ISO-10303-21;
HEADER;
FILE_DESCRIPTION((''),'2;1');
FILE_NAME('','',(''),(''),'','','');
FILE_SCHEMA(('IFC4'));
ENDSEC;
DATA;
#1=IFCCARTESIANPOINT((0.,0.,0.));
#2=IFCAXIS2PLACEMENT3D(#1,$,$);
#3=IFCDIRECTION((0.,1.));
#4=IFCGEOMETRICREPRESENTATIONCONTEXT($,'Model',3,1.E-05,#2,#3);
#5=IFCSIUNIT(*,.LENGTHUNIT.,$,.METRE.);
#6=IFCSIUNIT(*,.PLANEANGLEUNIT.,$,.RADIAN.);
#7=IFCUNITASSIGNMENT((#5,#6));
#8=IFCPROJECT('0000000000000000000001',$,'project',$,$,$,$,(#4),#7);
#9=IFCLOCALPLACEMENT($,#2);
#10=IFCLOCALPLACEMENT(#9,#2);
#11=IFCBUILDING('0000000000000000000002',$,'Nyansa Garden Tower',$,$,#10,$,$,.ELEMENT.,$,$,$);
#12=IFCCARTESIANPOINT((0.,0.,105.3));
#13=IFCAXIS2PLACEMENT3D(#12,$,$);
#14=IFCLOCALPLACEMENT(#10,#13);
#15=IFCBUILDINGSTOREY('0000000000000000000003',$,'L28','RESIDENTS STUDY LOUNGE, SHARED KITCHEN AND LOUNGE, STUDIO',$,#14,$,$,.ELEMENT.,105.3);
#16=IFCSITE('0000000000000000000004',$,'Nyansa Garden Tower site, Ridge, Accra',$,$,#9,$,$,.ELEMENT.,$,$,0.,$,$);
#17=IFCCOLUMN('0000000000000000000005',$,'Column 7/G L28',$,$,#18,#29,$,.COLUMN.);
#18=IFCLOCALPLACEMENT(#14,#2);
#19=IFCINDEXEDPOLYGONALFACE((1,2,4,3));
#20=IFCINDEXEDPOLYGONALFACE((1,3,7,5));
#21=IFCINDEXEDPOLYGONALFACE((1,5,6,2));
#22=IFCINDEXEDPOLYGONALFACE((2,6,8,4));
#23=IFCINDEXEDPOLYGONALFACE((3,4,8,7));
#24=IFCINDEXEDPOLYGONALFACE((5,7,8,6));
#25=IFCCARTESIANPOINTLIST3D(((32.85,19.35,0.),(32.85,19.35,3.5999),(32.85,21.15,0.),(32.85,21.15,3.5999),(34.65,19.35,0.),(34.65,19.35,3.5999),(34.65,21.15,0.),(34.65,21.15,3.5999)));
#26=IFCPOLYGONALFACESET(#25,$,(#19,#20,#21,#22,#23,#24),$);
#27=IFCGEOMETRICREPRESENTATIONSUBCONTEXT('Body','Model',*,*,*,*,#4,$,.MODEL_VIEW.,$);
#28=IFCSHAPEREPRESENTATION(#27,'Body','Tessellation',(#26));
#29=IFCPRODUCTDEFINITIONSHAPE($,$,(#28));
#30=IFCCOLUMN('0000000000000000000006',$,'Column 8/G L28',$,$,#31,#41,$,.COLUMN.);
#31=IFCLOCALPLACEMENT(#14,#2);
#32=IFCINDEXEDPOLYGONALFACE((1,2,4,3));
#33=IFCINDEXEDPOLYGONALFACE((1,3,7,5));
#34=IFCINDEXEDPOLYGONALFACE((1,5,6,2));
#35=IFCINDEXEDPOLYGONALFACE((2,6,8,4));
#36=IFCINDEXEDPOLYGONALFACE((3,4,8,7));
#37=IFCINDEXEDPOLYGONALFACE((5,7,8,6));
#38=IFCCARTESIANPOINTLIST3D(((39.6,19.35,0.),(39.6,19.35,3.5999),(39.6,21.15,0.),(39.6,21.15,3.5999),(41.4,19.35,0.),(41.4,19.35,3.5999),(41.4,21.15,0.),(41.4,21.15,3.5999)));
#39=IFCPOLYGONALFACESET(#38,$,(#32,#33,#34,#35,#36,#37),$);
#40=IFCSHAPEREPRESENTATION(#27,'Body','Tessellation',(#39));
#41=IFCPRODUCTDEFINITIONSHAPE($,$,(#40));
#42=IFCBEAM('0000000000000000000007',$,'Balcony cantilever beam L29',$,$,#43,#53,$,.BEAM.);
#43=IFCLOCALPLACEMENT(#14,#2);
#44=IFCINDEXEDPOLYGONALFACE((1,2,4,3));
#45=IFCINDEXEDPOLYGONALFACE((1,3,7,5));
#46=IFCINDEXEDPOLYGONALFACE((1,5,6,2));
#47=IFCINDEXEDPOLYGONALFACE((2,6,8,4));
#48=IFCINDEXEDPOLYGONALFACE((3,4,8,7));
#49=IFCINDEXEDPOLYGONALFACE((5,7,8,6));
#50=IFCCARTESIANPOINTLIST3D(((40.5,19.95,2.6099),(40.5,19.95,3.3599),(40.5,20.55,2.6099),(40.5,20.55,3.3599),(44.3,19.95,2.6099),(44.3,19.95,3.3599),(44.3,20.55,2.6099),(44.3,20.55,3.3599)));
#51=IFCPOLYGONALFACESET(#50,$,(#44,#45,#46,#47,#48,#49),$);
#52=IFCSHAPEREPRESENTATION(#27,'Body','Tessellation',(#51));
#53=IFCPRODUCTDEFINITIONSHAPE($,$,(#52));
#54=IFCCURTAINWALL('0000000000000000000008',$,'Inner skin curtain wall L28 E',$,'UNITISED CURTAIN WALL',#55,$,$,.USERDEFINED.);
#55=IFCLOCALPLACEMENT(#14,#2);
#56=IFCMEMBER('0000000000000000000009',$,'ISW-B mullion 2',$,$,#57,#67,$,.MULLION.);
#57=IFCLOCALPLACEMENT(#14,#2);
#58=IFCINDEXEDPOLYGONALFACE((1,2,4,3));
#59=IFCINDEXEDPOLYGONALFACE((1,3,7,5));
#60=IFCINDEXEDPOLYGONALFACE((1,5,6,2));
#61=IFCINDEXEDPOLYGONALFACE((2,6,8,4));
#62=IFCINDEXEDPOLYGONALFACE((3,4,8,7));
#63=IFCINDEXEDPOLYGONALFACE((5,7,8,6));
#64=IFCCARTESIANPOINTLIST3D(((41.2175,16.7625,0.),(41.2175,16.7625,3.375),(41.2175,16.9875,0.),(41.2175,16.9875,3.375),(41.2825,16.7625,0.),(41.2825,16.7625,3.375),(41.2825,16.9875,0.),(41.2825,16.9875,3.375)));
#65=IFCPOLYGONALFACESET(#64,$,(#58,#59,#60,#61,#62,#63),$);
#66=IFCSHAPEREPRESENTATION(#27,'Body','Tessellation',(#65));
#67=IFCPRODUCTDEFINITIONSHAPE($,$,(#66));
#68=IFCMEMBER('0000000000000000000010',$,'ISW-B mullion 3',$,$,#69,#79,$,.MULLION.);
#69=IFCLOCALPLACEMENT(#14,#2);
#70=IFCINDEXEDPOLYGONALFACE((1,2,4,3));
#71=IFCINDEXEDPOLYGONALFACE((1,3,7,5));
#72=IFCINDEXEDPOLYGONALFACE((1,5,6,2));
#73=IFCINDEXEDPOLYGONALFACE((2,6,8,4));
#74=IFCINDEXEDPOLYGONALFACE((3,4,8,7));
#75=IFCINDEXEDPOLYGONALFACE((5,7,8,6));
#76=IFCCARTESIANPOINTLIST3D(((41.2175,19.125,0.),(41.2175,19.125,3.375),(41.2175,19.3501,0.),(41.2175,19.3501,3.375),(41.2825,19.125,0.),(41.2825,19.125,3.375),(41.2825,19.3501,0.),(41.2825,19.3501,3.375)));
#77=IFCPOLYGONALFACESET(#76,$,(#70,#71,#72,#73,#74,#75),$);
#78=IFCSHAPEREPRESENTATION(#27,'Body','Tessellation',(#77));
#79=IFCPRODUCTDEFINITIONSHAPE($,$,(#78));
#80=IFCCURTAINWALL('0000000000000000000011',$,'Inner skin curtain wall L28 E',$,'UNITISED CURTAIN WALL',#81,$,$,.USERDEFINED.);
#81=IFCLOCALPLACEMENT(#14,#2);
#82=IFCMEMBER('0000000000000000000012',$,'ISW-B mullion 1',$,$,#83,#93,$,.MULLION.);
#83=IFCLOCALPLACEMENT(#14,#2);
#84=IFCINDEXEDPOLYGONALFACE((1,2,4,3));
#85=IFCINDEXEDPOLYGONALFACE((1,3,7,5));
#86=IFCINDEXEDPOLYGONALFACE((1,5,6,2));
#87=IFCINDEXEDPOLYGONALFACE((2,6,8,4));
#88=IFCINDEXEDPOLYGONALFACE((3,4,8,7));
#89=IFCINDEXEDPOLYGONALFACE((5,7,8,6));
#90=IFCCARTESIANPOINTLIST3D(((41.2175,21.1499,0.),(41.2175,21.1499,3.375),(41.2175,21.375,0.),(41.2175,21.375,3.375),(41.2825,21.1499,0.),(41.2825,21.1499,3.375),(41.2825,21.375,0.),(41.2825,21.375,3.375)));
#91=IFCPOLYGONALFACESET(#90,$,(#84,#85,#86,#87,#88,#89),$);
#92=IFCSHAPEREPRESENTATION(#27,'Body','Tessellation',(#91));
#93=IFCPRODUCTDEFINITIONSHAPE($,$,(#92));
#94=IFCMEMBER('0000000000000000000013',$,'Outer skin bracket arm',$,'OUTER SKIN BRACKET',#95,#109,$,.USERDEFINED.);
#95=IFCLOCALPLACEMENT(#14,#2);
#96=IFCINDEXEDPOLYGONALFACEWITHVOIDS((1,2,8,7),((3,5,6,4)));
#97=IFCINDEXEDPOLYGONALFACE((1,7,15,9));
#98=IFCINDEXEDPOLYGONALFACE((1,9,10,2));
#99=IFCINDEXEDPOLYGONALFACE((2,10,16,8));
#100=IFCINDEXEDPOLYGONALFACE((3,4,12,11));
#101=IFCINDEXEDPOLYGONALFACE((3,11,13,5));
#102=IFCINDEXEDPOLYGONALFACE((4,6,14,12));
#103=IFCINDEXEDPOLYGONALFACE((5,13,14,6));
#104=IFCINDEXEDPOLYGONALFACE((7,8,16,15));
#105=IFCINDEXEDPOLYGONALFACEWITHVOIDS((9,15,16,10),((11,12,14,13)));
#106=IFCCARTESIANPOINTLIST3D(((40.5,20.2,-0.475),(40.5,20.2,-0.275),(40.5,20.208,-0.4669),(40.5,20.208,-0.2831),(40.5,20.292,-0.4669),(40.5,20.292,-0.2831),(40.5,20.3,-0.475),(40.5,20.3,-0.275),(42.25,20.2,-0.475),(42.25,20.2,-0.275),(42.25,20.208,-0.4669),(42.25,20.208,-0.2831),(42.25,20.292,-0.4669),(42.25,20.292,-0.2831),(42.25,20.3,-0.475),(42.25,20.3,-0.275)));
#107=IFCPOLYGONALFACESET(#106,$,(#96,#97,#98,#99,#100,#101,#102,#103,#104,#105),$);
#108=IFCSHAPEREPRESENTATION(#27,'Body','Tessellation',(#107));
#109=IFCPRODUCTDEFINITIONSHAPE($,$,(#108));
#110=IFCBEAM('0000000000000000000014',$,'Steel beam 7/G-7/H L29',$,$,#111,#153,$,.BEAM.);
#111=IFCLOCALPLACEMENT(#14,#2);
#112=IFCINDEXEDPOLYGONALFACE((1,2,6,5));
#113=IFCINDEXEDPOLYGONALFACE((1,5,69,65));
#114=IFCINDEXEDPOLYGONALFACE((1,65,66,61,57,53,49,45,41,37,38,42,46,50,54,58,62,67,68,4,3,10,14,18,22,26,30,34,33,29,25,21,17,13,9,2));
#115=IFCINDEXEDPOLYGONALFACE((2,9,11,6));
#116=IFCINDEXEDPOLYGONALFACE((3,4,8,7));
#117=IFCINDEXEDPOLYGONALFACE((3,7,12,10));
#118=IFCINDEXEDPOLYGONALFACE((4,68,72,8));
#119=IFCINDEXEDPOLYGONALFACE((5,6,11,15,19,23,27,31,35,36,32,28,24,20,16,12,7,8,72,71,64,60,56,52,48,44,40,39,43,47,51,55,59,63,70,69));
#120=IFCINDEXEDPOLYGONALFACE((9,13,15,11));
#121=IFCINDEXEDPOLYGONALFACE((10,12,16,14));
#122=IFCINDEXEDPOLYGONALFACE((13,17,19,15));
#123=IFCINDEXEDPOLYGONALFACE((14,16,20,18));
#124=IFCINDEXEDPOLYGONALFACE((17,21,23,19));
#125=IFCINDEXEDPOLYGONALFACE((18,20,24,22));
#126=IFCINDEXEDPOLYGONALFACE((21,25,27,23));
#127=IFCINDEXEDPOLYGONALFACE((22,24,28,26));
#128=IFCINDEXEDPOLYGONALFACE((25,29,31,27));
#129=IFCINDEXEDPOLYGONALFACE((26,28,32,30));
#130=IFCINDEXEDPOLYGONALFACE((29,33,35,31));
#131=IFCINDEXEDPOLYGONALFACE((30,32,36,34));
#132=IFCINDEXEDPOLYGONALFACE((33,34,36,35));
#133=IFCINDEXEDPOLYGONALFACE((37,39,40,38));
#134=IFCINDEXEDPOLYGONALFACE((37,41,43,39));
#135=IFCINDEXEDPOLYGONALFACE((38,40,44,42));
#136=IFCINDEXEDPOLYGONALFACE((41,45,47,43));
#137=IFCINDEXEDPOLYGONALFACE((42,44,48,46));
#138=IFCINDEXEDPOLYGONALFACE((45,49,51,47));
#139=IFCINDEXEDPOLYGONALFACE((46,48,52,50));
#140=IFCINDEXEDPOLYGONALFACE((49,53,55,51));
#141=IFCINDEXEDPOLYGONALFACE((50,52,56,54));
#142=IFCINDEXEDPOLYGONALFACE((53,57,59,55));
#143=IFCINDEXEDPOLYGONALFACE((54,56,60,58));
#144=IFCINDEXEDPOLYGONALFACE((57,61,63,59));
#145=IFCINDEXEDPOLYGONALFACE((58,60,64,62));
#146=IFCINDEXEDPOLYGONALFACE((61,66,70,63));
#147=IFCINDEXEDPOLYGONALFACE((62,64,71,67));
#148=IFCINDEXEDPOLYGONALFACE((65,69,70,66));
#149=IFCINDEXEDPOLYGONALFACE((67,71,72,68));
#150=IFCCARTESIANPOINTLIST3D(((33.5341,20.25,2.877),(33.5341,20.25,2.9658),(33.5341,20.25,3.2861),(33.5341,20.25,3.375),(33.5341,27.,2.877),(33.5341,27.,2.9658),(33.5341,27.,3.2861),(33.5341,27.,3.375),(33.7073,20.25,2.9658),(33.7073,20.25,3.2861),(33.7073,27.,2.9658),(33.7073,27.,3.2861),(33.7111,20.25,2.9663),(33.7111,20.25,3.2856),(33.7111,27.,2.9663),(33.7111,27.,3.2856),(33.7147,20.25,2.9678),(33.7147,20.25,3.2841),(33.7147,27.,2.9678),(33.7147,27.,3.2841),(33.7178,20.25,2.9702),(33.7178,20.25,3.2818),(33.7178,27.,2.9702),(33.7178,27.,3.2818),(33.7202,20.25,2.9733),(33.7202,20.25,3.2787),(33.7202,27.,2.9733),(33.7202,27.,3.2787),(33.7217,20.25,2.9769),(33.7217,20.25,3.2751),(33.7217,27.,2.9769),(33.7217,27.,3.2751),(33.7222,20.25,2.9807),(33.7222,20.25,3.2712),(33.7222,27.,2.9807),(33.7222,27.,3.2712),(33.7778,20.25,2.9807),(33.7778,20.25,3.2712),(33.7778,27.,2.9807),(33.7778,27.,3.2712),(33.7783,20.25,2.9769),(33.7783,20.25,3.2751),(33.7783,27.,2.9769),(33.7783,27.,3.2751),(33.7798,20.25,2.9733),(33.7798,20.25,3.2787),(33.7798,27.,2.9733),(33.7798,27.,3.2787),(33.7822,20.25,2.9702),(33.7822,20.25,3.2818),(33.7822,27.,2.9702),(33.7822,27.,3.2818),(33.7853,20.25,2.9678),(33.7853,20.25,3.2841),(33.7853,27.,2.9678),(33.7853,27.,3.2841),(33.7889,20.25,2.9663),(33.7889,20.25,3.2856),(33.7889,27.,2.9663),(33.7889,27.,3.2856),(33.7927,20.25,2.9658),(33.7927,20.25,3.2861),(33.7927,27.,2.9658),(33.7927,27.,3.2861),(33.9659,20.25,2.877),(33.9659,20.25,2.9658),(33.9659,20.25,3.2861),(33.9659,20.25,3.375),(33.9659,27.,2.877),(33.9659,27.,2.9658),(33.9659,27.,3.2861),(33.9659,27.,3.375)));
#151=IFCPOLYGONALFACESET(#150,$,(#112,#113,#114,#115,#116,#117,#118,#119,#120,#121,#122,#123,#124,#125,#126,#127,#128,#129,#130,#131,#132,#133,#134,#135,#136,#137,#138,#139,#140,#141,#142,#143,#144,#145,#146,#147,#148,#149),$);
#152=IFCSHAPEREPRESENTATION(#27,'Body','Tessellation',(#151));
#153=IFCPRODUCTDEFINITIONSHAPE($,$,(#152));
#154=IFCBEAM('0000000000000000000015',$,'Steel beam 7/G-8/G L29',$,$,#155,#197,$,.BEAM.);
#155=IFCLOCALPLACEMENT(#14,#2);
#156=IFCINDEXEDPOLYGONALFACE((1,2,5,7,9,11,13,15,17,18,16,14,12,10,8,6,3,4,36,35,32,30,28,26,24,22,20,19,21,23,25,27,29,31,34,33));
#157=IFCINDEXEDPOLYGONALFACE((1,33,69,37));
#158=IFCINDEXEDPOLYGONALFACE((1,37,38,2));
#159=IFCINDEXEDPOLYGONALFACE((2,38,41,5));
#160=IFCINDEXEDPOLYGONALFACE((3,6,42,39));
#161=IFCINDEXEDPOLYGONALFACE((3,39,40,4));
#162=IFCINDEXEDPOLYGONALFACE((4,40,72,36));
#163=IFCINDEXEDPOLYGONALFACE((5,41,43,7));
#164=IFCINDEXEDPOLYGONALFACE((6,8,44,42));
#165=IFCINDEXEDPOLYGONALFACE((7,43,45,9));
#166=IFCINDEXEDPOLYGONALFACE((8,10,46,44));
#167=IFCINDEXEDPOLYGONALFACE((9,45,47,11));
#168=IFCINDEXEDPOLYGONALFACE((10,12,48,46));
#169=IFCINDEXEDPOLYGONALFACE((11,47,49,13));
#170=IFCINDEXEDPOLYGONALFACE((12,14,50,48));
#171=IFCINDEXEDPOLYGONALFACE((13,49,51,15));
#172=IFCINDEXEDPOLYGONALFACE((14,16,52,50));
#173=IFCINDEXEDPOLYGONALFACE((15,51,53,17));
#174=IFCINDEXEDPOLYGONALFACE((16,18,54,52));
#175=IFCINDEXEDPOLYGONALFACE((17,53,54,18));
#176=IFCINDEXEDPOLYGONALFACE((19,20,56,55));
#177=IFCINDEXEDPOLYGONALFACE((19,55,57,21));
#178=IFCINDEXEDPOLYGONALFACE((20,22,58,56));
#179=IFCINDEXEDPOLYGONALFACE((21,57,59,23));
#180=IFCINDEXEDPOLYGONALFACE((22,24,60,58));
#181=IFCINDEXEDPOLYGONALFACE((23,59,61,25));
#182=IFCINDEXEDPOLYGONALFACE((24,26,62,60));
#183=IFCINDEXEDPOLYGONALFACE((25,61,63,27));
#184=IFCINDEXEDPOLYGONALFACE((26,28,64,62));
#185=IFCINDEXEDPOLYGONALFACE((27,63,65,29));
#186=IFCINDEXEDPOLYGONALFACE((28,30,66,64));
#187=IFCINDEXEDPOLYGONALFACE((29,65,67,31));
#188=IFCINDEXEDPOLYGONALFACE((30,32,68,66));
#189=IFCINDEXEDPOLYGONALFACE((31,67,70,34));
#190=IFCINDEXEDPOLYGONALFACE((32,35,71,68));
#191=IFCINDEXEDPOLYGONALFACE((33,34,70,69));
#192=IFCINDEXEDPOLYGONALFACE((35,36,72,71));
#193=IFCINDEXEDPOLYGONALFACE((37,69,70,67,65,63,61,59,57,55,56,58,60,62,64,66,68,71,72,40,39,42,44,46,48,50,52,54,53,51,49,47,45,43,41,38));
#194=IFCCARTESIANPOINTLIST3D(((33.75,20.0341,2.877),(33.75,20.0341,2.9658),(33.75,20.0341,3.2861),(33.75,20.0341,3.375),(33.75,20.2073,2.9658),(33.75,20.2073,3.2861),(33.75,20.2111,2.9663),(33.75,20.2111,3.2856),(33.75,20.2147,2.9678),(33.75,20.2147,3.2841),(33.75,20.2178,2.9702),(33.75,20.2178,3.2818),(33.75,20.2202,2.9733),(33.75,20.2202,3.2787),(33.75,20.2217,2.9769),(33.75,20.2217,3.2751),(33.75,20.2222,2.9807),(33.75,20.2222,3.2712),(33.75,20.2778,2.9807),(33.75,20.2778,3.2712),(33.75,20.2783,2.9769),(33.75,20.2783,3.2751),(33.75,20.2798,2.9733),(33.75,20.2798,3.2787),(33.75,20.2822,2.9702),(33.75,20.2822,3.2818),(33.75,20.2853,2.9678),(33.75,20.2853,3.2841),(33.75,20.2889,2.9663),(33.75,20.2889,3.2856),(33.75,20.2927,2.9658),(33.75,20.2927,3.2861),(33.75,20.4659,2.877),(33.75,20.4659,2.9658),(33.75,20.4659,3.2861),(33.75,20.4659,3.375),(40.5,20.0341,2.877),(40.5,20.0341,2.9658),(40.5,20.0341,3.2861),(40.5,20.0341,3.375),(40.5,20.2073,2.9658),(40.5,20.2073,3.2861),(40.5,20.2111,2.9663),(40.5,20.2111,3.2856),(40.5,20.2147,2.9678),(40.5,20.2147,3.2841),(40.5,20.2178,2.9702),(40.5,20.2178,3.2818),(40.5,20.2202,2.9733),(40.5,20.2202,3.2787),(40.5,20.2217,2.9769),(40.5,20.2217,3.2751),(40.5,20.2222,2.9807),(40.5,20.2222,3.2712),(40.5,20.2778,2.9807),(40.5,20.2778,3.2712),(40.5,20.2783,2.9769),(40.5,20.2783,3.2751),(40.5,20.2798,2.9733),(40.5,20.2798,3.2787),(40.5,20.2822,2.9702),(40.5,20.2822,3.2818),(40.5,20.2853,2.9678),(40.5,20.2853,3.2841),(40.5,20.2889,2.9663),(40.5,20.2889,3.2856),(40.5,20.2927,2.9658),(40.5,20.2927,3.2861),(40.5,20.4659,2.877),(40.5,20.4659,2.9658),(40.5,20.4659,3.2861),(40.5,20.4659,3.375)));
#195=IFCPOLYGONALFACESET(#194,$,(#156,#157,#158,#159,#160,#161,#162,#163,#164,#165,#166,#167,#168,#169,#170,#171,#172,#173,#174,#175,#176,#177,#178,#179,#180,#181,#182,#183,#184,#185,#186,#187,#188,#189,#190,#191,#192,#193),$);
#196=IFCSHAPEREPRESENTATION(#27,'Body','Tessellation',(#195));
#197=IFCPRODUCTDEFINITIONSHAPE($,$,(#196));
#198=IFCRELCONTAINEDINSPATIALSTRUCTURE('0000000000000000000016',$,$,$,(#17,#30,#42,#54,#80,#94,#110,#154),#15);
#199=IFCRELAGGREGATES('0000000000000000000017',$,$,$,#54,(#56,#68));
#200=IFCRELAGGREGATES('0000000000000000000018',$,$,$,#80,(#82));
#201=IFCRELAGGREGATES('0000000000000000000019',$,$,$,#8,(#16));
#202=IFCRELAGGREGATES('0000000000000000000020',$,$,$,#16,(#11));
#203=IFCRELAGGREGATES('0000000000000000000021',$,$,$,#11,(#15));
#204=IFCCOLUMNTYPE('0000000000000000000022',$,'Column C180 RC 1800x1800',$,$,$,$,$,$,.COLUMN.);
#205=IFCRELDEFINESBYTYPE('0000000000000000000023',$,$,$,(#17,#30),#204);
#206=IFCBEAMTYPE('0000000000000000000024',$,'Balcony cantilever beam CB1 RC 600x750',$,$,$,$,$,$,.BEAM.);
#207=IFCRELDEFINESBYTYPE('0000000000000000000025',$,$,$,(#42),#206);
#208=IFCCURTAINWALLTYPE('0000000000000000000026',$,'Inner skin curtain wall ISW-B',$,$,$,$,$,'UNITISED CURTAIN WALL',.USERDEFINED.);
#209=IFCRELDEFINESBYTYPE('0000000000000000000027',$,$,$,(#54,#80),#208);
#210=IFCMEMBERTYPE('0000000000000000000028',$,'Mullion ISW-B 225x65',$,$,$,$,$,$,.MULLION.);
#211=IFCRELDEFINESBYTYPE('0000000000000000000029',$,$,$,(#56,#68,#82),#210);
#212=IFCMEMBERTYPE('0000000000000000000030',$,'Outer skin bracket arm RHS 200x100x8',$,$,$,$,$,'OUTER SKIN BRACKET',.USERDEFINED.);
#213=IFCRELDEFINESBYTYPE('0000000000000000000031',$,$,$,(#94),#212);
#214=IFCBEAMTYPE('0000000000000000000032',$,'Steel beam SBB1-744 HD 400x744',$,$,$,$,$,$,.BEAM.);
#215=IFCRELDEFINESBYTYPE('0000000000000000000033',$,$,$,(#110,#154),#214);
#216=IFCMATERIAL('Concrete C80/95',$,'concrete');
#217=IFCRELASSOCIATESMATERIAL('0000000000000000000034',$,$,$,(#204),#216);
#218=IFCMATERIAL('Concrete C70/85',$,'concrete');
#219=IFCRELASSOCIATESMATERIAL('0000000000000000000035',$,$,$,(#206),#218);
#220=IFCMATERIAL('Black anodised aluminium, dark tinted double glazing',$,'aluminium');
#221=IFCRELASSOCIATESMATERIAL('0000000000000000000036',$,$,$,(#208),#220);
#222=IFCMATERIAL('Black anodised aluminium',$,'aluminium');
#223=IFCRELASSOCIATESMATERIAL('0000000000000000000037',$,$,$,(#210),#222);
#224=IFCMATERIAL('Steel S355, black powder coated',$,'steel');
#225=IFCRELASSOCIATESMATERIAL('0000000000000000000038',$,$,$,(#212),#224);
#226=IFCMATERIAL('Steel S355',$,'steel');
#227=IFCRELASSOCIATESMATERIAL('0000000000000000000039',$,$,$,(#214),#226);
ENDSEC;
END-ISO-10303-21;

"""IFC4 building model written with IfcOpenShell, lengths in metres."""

from ifc_helpers import new_model, si_unit, direction, frame, origin, origin_2d, place, context, subcontext, project, spatial, rectangle, hollow_rectangle, i_section, extrude, material, material_profile, profile_set, type_object, element, aggregate, save


model = new_model("IFC4")

# Units and contexts
model_context = context("Model", 3, precision=1e-05, world=origin(), true_north=direction((0.0, 1.0)))
body_context = subcontext(model_context, "Body", "Model", "MODEL_VIEW")
ifc_project = project(units=[si_unit("LENGTHUNIT", "METRE"), si_unit("PLANEANGLEUNIT", "RADIAN")], contexts=[model_context])

# Site, building, storey
site_placement = place(None, origin())
site = spatial("IfcSite", under=ifc_project, at=site_placement, Name="Nyansa Garden Tower site, Ridge, Accra", CompositionType="ELEMENT", RefElevation=0.0)
building_placement = place(site_placement, origin())
building = spatial("IfcBuilding", under=site, at=building_placement, Name="Nyansa Garden Tower", CompositionType="ELEMENT")
storey_placement = place(building_placement, frame((0.0, 0.0, 105.3)))
storey = spatial("IfcBuildingStorey", under=building, at=storey_placement, Name="L28", Description="RESIDENTS STUDY LOUNGE, SHARED KITCHEN AND LOUNGE, STUDIO", CompositionType="ELEMENT", Elevation=105.3)

# Columns
ifc_material_1 = material(Name="Concrete C80/95", Category="concrete")
ifc_material_profile_1 = material_profile(ifc_material_1, rectangle(XDim=1.8, YDim=1.8, at=origin_2d()), Name="RC 1800x1800")
ifc_profile_set_1 = profile_set([ifc_material_profile_1], Name="Concrete C80/95")
column_type = type_object("IfcColumnType", Name="Column C180 RC 1800x1800", PredefinedType="COLUMN", material=ifc_profile_set_1)
for number, where, z_axis, x_axis, name in (
    (1, (33.75, 20.25, 0.0), (0.0, 0.0, 1.0), (1.0, 0.0, 0.0), "Column 7/G L28"),
    (2, (40.5, 20.25, 0.0), (0.0, 0.0, 1.0), (1.0, 0.0, 0.0), "Column 8/G L28"),
):
    element("IfcColumn", number, at=place(storey_placement, frame(where, z_axis=z_axis, x_axis=x_axis)), inside=storey, type_object=column_type, Name=name, PredefinedType="COLUMN", context=body_context, shape_type="SweptSolid", body=[
        extrude(rectangle(XDim=1.8, YDim=1.8, at=origin_2d()), origin(), (0.0, 0.0, 1.0), 3.5999),
    ])

# Beam
ifc_material_2 = material(Name="Concrete C70/85", Category="concrete")
ifc_material_profile_2 = material_profile(ifc_material_2, rectangle(XDim=0.6001, YDim=0.75, at=origin_2d()), Name="RC 600x750")
ifc_profile_set_2 = profile_set([ifc_material_profile_2], Name="Concrete C70/85")
beam_type_1 = type_object("IfcBeamType", Name="Balcony cantilever beam CB1 RC 600x750", PredefinedType="BEAM", material=ifc_profile_set_2)
beam_1_placement = place(storey_placement, frame((40.5, 20.25, 2.9849), z_axis=(1.0, 0.0, 0.0), x_axis=(0.0, 1.0, 0.0)))
element("IfcBeam", 3, at=beam_1_placement, inside=storey, type_object=beam_type_1, Name="Balcony cantilever beam L29", PredefinedType="BEAM", context=body_context, shape_type="SweptSolid", body=[
    extrude(rectangle(XDim=0.6001, YDim=0.75, at=origin_2d()), origin(), (0.0, 0.0, 1.0), 3.8),
])

# Curtain wall, members
ifc_material_3 = material(Name="Black anodised aluminium, dark tinted double glazing", Category="aluminium")
curtain_wall_type = type_object("IfcCurtainWallType", Name="Inner skin curtain wall ISW-B", ElementType="UNITISED CURTAIN WALL", PredefinedType="USERDEFINED", material=ifc_material_3)
curtain_wall_1_placement = place(storey_placement, origin())
curtain_wall_1 = element("IfcCurtainWall", 4, at=curtain_wall_1_placement, inside=storey, type_object=curtain_wall_type, Name="Inner skin curtain wall L28 E", ObjectType="UNITISED CURTAIN WALL", PredefinedType="USERDEFINED")
ifc_material_4 = material(Name="Black anodised aluminium", Category="aluminium")
ifc_material_profile_3 = material_profile(ifc_material_4, rectangle(XDim=0.0649, YDim=0.2251, at=origin_2d()), Name="Mullion 225x65")
ifc_profile_set_3 = profile_set([ifc_material_profile_3], Name="Black anodised aluminium")
member_type_1 = type_object("IfcMemberType", Name="Mullion ISW-B 225x65", PredefinedType="MULLION", material=ifc_profile_set_3)
member_1_placement = place(storey_placement, frame((41.25, 16.875, 0.0), z_axis=(0.0, 0.0, 1.0), x_axis=(-1.0, 0.0, 0.0)))
member_1 = element("IfcMember", 5, at=member_1_placement, type_object=member_type_1, Name="ISW-B mullion 2", PredefinedType="MULLION", context=body_context, shape_type="SweptSolid", body=[
    extrude(rectangle(XDim=0.0649, YDim=0.2251, at=origin_2d()), origin(), (0.0, 0.0, 1.0), 3.375),
])
member_2_placement = place(storey_placement, frame((41.25, 19.2375, 0.0), z_axis=(0.0, 0.0, 1.0), x_axis=(-1.0, 0.0, 0.0)))
member_2 = element("IfcMember", 6, at=member_2_placement, type_object=member_type_1, Name="ISW-B mullion 3", PredefinedType="MULLION", context=body_context, shape_type="SweptSolid", body=[
    extrude(rectangle(XDim=0.0649, YDim=0.2251, at=origin_2d()), origin(), (0.0, 0.0, 1.0), 3.375),
])

# Curtain wall, member
curtain_wall_2_placement = place(storey_placement, origin())
curtain_wall_2 = element("IfcCurtainWall", 7, at=curtain_wall_2_placement, inside=storey, type_object=curtain_wall_type, Name="Inner skin curtain wall L28 E", ObjectType="UNITISED CURTAIN WALL", PredefinedType="USERDEFINED")
member_3_placement = place(storey_placement, frame((41.25, 21.2625, 0.0), z_axis=(0.0, 0.0, 1.0), x_axis=(-1.0, 0.0, 0.0)))
member_3 = element("IfcMember", 8, at=member_3_placement, type_object=member_type_1, Name="ISW-B mullion 1", PredefinedType="MULLION", context=body_context, shape_type="SweptSolid", body=[
    extrude(rectangle(XDim=0.0649, YDim=0.2251, at=origin_2d()), origin(), (0.0, 0.0, 1.0), 3.375),
])

# Member
ifc_material_5 = material(Name="Steel S355, black powder coated", Category="steel")
ifc_material_profile_4 = material_profile(ifc_material_5, hollow_rectangle(XDim=0.1001, YDim=0.2, WallThickness=0.0081, at=origin_2d()), Name="RHS 200x100x8")
ifc_profile_set_4 = profile_set([ifc_material_profile_4], Name="Steel S355, black powder coated")
member_type_2 = type_object("IfcMemberType", Name="Outer skin bracket arm RHS 200x100x8", ElementType="OUTER SKIN BRACKET", PredefinedType="USERDEFINED", material=ifc_profile_set_4)
member_4_placement = place(storey_placement, frame((40.5, 20.25, -0.375), z_axis=(1.0, 0.0, 0.0), x_axis=(0.0, 1.0, 0.0)))
element("IfcMember", 9, at=member_4_placement, inside=storey, type_object=member_type_2, Name="Outer skin bracket arm", ObjectType="OUTER SKIN BRACKET", PredefinedType="USERDEFINED", context=body_context, shape_type="SweptSolid", body=[
    extrude(hollow_rectangle(XDim=0.1001, YDim=0.2, WallThickness=0.0081, at=origin_2d()), origin(), (0.0, 0.0, 1.0), 1.75),
])

# Beams
ifc_material_6 = material(Name="Steel S355", Category="steel")
ifc_material_profile_5 = material_profile(ifc_material_6, i_section(OverallWidth=0.4319, OverallDepth=0.498, WebThickness=0.0557, FlangeThickness=0.0889, FilletRadius=0.0149, at=origin_2d()), Name="HD 400x744")
ifc_profile_set_5 = profile_set([ifc_material_profile_5], Name="Steel S355")
beam_type_2 = type_object("IfcBeamType", Name="Steel beam SBB1-744 HD 400x744", PredefinedType="BEAM", material=ifc_profile_set_5)
for number, where, z_axis, x_axis, name in (
    (10, (33.75, 20.25, 3.126), (0.0, 1.0, 0.0), (-1.0, 0.0, 0.0), "Steel beam 7/G-7/H L29"),
    (11, (33.75, 20.25, 3.126), (1.0, 0.0, 0.0), (0.0, 1.0, 0.0), "Steel beam 7/G-8/G L29"),
):
    element("IfcBeam", number, at=place(storey_placement, frame(where, z_axis=z_axis, x_axis=x_axis)), inside=storey, type_object=beam_type_2, Name=name, PredefinedType="BEAM", context=body_context, shape_type="SweptSolid", body=[
        extrude(i_section(OverallWidth=0.4319, OverallDepth=0.498, WebThickness=0.0557, FlangeThickness=0.0889, FilletRadius=0.0149, at=origin_2d()), origin(), (0.0, 0.0, 1.0), 6.75),
    ])

aggregate(curtain_wall_1, [member_1, member_2])
aggregate(curtain_wall_2, [member_3])

save(model, "model.ifc")
